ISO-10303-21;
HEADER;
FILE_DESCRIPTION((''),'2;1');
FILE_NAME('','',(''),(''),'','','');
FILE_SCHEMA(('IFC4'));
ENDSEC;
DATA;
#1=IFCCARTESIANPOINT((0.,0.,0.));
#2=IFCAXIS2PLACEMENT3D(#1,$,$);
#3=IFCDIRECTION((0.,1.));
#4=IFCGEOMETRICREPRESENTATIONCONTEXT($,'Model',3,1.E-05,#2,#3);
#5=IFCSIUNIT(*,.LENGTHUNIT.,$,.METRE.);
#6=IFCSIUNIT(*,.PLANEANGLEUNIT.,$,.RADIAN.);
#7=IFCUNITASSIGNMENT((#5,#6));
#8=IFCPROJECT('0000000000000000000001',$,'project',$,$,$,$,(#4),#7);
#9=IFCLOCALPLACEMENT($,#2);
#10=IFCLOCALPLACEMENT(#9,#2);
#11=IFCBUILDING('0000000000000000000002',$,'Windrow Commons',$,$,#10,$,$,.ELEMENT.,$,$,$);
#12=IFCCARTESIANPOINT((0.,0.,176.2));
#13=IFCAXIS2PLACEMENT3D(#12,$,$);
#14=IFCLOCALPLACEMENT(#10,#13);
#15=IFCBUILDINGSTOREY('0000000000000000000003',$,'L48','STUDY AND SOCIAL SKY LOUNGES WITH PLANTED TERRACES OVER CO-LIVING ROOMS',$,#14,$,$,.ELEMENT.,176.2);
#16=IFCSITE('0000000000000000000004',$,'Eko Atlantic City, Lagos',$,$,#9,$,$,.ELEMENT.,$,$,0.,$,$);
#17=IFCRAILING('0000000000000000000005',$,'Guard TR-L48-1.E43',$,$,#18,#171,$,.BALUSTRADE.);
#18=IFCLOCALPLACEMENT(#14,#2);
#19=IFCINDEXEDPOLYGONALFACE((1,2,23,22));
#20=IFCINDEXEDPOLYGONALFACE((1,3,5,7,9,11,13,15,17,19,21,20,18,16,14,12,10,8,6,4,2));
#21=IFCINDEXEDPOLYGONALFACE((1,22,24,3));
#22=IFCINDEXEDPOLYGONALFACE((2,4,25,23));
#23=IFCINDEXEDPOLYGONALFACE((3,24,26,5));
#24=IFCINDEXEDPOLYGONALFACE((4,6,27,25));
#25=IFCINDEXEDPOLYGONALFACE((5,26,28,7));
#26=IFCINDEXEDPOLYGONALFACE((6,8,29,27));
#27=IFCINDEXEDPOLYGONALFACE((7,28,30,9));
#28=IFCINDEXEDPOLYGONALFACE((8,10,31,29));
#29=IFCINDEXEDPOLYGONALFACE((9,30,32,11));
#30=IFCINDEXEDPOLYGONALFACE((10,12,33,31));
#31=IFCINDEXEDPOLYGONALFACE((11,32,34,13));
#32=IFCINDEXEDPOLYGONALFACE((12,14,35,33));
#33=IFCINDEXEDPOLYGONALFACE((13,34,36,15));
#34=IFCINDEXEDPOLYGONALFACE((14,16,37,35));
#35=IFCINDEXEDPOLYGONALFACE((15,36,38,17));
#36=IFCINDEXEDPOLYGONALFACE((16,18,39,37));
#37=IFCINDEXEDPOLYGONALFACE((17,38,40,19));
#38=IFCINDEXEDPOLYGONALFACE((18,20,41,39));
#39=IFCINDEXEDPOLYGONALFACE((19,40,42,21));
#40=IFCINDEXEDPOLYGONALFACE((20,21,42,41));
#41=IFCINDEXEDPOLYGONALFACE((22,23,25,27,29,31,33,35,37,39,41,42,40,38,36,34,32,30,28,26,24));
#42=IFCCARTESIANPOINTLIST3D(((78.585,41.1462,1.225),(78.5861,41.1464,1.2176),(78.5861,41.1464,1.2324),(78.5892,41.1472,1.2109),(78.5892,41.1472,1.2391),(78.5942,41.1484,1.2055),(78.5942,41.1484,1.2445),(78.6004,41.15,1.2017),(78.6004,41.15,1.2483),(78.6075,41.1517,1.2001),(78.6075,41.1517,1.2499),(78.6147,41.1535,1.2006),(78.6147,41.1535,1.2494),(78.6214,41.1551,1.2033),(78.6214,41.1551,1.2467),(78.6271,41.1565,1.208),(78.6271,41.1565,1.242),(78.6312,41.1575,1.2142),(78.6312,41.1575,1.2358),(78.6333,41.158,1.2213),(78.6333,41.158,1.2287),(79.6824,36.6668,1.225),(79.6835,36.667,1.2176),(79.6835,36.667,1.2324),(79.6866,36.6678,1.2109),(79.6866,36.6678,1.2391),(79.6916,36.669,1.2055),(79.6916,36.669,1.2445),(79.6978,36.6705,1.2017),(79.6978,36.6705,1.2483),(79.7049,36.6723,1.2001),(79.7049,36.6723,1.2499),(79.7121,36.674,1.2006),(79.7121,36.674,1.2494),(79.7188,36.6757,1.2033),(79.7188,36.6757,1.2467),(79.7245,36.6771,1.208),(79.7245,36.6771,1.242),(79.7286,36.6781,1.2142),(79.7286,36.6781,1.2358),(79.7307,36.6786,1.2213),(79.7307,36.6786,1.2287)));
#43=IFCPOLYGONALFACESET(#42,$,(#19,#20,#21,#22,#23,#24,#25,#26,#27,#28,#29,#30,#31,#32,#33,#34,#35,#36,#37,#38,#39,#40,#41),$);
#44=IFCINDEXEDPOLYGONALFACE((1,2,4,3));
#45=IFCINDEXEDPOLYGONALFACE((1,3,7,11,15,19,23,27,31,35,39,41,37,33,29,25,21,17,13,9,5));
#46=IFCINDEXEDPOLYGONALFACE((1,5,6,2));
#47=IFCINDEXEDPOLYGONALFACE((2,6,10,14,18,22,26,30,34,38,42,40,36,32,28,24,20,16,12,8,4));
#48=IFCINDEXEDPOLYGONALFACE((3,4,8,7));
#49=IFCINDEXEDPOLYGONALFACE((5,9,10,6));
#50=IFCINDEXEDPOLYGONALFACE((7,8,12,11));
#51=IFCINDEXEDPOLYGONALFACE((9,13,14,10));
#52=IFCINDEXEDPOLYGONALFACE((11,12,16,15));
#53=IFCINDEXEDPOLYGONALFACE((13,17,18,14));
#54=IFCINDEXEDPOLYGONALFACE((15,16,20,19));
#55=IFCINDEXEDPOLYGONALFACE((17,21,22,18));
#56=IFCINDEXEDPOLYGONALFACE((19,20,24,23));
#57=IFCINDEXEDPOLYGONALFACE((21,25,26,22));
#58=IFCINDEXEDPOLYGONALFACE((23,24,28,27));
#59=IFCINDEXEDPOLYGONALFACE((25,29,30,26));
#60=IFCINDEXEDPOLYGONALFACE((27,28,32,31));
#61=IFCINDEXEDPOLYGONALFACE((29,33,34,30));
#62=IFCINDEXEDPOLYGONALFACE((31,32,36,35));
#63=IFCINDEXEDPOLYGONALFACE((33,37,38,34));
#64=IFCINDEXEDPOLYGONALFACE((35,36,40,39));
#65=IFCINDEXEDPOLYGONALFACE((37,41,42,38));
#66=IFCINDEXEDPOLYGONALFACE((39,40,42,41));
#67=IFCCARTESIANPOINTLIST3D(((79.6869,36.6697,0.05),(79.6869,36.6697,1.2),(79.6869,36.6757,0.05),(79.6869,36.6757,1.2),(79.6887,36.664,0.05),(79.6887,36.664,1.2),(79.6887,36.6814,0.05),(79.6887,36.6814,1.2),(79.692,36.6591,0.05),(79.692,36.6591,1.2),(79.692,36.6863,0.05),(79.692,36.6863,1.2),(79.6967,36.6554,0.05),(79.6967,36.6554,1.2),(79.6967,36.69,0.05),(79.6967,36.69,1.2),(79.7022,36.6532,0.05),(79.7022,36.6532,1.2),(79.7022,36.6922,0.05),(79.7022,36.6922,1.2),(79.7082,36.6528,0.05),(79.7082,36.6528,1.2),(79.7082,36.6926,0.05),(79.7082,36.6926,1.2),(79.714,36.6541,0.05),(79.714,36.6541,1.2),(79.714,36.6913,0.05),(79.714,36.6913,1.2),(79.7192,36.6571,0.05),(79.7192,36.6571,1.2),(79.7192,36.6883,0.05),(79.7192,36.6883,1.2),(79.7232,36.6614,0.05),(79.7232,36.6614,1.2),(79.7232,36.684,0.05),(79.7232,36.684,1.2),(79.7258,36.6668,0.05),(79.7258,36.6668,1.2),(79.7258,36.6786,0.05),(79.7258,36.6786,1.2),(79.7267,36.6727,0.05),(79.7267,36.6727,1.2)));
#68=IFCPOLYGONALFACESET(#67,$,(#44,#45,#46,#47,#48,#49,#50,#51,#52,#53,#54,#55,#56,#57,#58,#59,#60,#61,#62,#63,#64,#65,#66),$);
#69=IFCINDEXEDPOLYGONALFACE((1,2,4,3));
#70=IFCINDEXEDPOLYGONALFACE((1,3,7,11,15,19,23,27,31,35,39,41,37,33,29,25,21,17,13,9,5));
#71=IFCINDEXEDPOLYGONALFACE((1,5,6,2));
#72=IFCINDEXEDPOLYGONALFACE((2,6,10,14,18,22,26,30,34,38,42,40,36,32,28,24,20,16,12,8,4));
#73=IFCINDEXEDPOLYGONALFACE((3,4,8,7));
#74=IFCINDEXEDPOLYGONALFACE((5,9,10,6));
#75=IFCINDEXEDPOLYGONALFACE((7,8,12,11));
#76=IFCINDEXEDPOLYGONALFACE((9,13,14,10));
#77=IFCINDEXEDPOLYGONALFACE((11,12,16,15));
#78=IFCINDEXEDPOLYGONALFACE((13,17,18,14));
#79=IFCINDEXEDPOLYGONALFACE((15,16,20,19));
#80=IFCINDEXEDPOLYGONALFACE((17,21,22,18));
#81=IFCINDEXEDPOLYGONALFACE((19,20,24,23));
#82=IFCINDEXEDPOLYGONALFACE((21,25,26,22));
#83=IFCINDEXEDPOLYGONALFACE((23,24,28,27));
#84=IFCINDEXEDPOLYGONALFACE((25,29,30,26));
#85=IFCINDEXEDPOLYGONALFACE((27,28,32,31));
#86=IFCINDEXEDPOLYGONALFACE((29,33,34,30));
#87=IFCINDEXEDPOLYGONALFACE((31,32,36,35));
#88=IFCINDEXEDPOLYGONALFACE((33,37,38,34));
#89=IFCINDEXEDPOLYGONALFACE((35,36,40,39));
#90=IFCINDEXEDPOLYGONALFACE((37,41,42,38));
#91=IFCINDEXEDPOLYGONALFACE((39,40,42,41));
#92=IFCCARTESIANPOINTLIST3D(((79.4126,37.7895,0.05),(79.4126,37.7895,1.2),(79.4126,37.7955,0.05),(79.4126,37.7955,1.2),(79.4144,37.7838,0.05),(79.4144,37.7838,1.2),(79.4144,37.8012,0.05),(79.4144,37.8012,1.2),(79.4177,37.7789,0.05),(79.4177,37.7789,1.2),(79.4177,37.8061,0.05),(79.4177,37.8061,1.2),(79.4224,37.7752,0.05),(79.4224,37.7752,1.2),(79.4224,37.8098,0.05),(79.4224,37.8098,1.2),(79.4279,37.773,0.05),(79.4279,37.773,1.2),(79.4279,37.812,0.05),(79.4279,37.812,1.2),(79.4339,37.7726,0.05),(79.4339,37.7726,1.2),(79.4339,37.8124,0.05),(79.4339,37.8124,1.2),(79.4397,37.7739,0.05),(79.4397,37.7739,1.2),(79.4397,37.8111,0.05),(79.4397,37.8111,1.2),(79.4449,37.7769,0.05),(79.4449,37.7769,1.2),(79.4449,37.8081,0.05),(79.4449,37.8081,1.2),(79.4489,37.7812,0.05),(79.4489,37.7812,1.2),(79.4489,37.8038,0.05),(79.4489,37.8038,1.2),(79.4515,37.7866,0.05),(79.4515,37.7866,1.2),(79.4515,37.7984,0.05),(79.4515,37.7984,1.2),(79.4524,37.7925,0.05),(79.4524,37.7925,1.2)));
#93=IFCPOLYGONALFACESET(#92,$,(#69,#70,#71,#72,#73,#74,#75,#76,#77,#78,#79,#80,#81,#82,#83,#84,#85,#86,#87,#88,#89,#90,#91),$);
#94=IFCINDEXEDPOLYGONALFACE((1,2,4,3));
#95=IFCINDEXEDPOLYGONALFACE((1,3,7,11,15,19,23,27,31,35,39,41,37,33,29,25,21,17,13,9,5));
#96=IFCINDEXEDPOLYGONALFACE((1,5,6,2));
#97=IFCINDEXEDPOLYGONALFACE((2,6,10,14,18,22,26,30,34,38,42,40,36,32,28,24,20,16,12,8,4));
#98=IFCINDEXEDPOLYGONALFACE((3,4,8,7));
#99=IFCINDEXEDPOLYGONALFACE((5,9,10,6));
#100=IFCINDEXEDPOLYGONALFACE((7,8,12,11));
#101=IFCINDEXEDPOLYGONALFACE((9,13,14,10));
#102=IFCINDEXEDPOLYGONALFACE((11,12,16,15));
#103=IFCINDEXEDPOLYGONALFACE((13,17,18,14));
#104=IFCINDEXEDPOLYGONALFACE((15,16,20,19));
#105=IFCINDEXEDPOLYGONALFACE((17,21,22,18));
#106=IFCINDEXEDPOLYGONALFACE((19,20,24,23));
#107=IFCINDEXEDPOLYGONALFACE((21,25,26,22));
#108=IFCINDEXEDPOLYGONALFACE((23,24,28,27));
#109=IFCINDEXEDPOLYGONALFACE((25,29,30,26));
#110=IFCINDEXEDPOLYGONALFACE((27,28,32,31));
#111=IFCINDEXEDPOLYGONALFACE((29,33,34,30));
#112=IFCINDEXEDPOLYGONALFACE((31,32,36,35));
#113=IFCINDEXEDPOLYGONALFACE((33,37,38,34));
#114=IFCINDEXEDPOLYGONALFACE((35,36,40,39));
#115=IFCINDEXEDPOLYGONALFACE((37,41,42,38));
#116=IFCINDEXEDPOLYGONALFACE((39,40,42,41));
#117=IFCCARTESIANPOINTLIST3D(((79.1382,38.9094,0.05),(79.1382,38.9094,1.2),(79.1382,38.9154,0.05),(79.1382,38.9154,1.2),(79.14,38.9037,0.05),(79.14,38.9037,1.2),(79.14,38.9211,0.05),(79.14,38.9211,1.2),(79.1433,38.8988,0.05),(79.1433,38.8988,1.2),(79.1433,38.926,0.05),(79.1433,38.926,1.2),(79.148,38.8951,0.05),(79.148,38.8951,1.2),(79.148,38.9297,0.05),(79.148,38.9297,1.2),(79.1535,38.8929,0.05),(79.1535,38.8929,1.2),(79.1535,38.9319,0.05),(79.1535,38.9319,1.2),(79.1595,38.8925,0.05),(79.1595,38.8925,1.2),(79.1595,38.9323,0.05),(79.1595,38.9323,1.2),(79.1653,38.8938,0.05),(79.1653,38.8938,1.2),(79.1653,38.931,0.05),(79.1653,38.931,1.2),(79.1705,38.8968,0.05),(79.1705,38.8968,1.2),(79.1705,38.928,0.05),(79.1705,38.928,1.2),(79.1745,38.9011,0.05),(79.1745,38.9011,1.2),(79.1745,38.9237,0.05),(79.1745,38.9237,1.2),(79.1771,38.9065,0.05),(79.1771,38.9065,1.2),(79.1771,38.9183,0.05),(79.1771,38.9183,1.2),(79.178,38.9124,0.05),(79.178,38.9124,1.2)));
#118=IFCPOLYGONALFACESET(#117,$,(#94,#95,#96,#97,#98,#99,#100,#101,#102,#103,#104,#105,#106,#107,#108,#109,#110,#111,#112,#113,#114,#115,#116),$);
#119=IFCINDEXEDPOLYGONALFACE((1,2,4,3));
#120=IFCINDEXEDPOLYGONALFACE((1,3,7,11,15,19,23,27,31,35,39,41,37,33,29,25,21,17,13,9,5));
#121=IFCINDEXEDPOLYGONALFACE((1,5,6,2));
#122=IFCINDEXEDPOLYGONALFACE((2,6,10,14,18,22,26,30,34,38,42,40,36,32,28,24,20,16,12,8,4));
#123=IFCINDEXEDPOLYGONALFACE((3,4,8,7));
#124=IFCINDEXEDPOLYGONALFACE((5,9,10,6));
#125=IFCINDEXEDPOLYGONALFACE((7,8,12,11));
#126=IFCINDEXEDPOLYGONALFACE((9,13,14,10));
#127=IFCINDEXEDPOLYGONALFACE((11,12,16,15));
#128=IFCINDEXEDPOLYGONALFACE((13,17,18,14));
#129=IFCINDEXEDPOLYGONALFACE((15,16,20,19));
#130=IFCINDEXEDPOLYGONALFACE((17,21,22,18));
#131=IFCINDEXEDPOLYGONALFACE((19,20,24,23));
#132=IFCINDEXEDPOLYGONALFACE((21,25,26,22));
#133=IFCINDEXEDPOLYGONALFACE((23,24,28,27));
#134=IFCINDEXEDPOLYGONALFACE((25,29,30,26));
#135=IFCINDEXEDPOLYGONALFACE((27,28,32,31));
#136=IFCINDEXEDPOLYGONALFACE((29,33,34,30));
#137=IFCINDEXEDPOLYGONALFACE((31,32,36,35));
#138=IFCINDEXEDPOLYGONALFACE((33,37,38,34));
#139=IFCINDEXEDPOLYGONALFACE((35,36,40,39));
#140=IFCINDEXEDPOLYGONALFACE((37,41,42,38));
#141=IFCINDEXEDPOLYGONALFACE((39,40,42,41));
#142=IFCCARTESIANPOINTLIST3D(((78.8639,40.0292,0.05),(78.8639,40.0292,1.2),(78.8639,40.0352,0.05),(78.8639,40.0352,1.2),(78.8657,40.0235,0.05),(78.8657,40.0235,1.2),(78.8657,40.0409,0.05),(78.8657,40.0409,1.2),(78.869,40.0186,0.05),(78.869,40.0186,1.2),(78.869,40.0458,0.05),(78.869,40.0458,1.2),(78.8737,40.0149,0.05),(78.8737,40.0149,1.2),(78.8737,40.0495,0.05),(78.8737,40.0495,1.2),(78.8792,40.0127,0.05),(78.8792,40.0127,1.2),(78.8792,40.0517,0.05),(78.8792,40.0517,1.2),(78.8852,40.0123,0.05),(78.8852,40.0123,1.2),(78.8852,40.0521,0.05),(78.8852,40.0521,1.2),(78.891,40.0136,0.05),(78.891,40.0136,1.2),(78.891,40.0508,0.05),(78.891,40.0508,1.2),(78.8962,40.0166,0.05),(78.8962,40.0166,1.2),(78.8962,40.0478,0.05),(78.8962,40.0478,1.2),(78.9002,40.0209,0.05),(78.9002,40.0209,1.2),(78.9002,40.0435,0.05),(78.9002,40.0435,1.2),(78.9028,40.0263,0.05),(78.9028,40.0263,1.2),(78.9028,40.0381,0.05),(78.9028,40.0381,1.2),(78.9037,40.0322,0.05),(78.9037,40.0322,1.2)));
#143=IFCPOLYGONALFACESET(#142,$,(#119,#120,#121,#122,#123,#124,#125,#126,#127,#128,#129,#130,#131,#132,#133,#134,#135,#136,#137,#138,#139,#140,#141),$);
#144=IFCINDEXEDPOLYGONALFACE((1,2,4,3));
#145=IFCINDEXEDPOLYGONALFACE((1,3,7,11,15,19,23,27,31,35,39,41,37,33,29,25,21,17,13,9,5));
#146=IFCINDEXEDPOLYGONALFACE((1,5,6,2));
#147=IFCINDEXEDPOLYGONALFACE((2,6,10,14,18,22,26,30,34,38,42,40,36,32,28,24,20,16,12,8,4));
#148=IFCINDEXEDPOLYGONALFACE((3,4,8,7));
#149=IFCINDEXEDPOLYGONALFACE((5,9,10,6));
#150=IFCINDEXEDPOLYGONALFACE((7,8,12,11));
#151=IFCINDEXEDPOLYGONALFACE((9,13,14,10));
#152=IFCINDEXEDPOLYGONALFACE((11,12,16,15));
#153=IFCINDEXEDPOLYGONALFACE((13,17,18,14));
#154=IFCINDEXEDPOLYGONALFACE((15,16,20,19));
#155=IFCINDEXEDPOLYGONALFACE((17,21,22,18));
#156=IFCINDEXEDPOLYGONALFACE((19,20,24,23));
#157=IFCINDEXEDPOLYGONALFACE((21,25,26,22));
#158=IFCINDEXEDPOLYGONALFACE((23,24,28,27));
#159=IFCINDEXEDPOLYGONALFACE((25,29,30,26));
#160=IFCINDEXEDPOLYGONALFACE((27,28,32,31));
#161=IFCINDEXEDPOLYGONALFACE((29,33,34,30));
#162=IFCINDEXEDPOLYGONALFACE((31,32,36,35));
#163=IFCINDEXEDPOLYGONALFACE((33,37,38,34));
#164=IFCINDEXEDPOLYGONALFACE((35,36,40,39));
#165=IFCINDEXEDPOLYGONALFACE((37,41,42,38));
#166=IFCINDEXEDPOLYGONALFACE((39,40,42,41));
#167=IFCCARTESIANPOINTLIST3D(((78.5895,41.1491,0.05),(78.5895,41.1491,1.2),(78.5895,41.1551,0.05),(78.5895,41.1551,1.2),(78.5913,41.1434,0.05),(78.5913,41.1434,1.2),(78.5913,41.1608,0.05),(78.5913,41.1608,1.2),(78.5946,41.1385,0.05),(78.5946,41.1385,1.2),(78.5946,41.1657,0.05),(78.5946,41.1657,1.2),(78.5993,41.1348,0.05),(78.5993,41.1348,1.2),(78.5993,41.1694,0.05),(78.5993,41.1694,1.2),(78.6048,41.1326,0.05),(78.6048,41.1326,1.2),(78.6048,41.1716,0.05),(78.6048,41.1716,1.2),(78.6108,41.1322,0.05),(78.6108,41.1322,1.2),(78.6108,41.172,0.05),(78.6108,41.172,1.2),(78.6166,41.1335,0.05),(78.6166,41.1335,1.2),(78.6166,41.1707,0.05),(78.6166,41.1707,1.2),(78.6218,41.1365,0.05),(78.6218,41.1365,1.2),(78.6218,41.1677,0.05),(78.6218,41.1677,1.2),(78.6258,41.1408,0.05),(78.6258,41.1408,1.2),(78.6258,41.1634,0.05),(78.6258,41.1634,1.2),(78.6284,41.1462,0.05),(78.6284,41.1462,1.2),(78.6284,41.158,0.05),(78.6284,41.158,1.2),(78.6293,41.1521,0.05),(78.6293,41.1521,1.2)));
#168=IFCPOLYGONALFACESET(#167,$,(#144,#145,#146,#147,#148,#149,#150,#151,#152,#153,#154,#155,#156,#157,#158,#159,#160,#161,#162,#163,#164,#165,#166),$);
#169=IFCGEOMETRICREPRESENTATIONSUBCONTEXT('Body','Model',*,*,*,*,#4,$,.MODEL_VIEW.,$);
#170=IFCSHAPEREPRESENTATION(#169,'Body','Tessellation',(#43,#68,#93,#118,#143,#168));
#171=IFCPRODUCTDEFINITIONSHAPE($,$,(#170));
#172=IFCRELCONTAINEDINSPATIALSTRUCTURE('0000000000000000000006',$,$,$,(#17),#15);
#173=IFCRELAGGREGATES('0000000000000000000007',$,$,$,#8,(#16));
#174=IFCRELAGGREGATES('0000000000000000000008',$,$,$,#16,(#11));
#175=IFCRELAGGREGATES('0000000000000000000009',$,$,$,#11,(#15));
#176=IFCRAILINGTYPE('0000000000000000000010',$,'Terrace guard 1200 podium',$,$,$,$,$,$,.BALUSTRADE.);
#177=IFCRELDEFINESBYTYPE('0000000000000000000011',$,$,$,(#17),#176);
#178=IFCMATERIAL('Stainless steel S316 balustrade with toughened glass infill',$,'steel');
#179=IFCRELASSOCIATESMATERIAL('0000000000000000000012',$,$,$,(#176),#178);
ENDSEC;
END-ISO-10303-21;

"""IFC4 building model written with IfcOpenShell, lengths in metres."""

from ifc_helpers import new_model, si_unit, direction, frame, origin, origin_2d, place, context, subcontext, project, spatial, circle, extrude, material, type_object, element, save


model = new_model("IFC4")

# Units and contexts
model_context = context("Model", 3, precision=1e-05, world=origin(), true_north=direction((0.0, 1.0)))
body_context = subcontext(model_context, "Body", "Model", "MODEL_VIEW")
ifc_project = project(units=[si_unit("LENGTHUNIT", "METRE"), si_unit("PLANEANGLEUNIT", "RADIAN")], contexts=[model_context])

# Site, building, storey
site_placement = place(None, origin())
site = spatial("IfcSite", under=ifc_project, at=site_placement, Name="Eko Atlantic City, Lagos", CompositionType="ELEMENT", RefElevation=0.0)
building_placement = place(site_placement, origin())
building = spatial("IfcBuilding", under=site, at=building_placement, Name="Windrow Commons", CompositionType="ELEMENT")
storey_placement = place(building_placement, frame((0.0, 0.0, 176.2)))
storey = spatial("IfcBuildingStorey", under=building, at=storey_placement, Name="L48", Description="STUDY AND SOCIAL SKY LOUNGES WITH PLANTED TERRACES OVER CO-LIVING ROOMS", CompositionType="ELEMENT", Elevation=176.2)

# Railing
ifc_material_1 = material(Name="Stainless steel S316 balustrade with toughened glass infill", Category="steel")
railing_type = type_object("IfcRailingType", Name="Terrace guard 1200 podium", PredefinedType="BALUSTRADE", material=ifc_material_1)
railing_1_placement = place(storey_placement, frame((79.7067, 36.6727, 0.05)))
element("IfcRailing", 1, at=railing_1_placement, inside=storey, type_object=railing_type, Name="Guard TR-L48-1.E43", PredefinedType="BALUSTRADE", context=body_context, shape_type="SweptSolid", body=[
    extrude(circle(Radius=0.025, at=origin_2d()), frame((0.0, 0.0, 1.175), z_axis=(-0.237951, 0.971277, 0.0), x_axis=(-0.971277, -0.237951, 0.0)), (0.0, 0.0, 1.0), 4.6119),
    extrude(circle(Radius=0.02, at=origin_2d()), origin(), (0.0, 0.0, 1.0), 1.15),
    extrude(circle(Radius=0.02, at=origin_2d()), frame((-0.2743, 1.1198, 0.0)), (0.0, 0.0, 1.0), 1.15),
    extrude(circle(Radius=0.02, at=origin_2d()), frame((-0.5487, 2.2397, 0.0)), (0.0, 0.0, 1.0), 1.15),
    extrude(circle(Radius=0.02, at=origin_2d()), frame((-0.823, 3.3595, 0.0)), (0.0, 0.0, 1.0), 1.15),
    extrude(circle(Radius=0.02, at=origin_2d()), frame((-1.0974, 4.4794, 0.0)), (0.0, 0.0, 1.0), 1.15),
])

save(model, "model.ifc")
